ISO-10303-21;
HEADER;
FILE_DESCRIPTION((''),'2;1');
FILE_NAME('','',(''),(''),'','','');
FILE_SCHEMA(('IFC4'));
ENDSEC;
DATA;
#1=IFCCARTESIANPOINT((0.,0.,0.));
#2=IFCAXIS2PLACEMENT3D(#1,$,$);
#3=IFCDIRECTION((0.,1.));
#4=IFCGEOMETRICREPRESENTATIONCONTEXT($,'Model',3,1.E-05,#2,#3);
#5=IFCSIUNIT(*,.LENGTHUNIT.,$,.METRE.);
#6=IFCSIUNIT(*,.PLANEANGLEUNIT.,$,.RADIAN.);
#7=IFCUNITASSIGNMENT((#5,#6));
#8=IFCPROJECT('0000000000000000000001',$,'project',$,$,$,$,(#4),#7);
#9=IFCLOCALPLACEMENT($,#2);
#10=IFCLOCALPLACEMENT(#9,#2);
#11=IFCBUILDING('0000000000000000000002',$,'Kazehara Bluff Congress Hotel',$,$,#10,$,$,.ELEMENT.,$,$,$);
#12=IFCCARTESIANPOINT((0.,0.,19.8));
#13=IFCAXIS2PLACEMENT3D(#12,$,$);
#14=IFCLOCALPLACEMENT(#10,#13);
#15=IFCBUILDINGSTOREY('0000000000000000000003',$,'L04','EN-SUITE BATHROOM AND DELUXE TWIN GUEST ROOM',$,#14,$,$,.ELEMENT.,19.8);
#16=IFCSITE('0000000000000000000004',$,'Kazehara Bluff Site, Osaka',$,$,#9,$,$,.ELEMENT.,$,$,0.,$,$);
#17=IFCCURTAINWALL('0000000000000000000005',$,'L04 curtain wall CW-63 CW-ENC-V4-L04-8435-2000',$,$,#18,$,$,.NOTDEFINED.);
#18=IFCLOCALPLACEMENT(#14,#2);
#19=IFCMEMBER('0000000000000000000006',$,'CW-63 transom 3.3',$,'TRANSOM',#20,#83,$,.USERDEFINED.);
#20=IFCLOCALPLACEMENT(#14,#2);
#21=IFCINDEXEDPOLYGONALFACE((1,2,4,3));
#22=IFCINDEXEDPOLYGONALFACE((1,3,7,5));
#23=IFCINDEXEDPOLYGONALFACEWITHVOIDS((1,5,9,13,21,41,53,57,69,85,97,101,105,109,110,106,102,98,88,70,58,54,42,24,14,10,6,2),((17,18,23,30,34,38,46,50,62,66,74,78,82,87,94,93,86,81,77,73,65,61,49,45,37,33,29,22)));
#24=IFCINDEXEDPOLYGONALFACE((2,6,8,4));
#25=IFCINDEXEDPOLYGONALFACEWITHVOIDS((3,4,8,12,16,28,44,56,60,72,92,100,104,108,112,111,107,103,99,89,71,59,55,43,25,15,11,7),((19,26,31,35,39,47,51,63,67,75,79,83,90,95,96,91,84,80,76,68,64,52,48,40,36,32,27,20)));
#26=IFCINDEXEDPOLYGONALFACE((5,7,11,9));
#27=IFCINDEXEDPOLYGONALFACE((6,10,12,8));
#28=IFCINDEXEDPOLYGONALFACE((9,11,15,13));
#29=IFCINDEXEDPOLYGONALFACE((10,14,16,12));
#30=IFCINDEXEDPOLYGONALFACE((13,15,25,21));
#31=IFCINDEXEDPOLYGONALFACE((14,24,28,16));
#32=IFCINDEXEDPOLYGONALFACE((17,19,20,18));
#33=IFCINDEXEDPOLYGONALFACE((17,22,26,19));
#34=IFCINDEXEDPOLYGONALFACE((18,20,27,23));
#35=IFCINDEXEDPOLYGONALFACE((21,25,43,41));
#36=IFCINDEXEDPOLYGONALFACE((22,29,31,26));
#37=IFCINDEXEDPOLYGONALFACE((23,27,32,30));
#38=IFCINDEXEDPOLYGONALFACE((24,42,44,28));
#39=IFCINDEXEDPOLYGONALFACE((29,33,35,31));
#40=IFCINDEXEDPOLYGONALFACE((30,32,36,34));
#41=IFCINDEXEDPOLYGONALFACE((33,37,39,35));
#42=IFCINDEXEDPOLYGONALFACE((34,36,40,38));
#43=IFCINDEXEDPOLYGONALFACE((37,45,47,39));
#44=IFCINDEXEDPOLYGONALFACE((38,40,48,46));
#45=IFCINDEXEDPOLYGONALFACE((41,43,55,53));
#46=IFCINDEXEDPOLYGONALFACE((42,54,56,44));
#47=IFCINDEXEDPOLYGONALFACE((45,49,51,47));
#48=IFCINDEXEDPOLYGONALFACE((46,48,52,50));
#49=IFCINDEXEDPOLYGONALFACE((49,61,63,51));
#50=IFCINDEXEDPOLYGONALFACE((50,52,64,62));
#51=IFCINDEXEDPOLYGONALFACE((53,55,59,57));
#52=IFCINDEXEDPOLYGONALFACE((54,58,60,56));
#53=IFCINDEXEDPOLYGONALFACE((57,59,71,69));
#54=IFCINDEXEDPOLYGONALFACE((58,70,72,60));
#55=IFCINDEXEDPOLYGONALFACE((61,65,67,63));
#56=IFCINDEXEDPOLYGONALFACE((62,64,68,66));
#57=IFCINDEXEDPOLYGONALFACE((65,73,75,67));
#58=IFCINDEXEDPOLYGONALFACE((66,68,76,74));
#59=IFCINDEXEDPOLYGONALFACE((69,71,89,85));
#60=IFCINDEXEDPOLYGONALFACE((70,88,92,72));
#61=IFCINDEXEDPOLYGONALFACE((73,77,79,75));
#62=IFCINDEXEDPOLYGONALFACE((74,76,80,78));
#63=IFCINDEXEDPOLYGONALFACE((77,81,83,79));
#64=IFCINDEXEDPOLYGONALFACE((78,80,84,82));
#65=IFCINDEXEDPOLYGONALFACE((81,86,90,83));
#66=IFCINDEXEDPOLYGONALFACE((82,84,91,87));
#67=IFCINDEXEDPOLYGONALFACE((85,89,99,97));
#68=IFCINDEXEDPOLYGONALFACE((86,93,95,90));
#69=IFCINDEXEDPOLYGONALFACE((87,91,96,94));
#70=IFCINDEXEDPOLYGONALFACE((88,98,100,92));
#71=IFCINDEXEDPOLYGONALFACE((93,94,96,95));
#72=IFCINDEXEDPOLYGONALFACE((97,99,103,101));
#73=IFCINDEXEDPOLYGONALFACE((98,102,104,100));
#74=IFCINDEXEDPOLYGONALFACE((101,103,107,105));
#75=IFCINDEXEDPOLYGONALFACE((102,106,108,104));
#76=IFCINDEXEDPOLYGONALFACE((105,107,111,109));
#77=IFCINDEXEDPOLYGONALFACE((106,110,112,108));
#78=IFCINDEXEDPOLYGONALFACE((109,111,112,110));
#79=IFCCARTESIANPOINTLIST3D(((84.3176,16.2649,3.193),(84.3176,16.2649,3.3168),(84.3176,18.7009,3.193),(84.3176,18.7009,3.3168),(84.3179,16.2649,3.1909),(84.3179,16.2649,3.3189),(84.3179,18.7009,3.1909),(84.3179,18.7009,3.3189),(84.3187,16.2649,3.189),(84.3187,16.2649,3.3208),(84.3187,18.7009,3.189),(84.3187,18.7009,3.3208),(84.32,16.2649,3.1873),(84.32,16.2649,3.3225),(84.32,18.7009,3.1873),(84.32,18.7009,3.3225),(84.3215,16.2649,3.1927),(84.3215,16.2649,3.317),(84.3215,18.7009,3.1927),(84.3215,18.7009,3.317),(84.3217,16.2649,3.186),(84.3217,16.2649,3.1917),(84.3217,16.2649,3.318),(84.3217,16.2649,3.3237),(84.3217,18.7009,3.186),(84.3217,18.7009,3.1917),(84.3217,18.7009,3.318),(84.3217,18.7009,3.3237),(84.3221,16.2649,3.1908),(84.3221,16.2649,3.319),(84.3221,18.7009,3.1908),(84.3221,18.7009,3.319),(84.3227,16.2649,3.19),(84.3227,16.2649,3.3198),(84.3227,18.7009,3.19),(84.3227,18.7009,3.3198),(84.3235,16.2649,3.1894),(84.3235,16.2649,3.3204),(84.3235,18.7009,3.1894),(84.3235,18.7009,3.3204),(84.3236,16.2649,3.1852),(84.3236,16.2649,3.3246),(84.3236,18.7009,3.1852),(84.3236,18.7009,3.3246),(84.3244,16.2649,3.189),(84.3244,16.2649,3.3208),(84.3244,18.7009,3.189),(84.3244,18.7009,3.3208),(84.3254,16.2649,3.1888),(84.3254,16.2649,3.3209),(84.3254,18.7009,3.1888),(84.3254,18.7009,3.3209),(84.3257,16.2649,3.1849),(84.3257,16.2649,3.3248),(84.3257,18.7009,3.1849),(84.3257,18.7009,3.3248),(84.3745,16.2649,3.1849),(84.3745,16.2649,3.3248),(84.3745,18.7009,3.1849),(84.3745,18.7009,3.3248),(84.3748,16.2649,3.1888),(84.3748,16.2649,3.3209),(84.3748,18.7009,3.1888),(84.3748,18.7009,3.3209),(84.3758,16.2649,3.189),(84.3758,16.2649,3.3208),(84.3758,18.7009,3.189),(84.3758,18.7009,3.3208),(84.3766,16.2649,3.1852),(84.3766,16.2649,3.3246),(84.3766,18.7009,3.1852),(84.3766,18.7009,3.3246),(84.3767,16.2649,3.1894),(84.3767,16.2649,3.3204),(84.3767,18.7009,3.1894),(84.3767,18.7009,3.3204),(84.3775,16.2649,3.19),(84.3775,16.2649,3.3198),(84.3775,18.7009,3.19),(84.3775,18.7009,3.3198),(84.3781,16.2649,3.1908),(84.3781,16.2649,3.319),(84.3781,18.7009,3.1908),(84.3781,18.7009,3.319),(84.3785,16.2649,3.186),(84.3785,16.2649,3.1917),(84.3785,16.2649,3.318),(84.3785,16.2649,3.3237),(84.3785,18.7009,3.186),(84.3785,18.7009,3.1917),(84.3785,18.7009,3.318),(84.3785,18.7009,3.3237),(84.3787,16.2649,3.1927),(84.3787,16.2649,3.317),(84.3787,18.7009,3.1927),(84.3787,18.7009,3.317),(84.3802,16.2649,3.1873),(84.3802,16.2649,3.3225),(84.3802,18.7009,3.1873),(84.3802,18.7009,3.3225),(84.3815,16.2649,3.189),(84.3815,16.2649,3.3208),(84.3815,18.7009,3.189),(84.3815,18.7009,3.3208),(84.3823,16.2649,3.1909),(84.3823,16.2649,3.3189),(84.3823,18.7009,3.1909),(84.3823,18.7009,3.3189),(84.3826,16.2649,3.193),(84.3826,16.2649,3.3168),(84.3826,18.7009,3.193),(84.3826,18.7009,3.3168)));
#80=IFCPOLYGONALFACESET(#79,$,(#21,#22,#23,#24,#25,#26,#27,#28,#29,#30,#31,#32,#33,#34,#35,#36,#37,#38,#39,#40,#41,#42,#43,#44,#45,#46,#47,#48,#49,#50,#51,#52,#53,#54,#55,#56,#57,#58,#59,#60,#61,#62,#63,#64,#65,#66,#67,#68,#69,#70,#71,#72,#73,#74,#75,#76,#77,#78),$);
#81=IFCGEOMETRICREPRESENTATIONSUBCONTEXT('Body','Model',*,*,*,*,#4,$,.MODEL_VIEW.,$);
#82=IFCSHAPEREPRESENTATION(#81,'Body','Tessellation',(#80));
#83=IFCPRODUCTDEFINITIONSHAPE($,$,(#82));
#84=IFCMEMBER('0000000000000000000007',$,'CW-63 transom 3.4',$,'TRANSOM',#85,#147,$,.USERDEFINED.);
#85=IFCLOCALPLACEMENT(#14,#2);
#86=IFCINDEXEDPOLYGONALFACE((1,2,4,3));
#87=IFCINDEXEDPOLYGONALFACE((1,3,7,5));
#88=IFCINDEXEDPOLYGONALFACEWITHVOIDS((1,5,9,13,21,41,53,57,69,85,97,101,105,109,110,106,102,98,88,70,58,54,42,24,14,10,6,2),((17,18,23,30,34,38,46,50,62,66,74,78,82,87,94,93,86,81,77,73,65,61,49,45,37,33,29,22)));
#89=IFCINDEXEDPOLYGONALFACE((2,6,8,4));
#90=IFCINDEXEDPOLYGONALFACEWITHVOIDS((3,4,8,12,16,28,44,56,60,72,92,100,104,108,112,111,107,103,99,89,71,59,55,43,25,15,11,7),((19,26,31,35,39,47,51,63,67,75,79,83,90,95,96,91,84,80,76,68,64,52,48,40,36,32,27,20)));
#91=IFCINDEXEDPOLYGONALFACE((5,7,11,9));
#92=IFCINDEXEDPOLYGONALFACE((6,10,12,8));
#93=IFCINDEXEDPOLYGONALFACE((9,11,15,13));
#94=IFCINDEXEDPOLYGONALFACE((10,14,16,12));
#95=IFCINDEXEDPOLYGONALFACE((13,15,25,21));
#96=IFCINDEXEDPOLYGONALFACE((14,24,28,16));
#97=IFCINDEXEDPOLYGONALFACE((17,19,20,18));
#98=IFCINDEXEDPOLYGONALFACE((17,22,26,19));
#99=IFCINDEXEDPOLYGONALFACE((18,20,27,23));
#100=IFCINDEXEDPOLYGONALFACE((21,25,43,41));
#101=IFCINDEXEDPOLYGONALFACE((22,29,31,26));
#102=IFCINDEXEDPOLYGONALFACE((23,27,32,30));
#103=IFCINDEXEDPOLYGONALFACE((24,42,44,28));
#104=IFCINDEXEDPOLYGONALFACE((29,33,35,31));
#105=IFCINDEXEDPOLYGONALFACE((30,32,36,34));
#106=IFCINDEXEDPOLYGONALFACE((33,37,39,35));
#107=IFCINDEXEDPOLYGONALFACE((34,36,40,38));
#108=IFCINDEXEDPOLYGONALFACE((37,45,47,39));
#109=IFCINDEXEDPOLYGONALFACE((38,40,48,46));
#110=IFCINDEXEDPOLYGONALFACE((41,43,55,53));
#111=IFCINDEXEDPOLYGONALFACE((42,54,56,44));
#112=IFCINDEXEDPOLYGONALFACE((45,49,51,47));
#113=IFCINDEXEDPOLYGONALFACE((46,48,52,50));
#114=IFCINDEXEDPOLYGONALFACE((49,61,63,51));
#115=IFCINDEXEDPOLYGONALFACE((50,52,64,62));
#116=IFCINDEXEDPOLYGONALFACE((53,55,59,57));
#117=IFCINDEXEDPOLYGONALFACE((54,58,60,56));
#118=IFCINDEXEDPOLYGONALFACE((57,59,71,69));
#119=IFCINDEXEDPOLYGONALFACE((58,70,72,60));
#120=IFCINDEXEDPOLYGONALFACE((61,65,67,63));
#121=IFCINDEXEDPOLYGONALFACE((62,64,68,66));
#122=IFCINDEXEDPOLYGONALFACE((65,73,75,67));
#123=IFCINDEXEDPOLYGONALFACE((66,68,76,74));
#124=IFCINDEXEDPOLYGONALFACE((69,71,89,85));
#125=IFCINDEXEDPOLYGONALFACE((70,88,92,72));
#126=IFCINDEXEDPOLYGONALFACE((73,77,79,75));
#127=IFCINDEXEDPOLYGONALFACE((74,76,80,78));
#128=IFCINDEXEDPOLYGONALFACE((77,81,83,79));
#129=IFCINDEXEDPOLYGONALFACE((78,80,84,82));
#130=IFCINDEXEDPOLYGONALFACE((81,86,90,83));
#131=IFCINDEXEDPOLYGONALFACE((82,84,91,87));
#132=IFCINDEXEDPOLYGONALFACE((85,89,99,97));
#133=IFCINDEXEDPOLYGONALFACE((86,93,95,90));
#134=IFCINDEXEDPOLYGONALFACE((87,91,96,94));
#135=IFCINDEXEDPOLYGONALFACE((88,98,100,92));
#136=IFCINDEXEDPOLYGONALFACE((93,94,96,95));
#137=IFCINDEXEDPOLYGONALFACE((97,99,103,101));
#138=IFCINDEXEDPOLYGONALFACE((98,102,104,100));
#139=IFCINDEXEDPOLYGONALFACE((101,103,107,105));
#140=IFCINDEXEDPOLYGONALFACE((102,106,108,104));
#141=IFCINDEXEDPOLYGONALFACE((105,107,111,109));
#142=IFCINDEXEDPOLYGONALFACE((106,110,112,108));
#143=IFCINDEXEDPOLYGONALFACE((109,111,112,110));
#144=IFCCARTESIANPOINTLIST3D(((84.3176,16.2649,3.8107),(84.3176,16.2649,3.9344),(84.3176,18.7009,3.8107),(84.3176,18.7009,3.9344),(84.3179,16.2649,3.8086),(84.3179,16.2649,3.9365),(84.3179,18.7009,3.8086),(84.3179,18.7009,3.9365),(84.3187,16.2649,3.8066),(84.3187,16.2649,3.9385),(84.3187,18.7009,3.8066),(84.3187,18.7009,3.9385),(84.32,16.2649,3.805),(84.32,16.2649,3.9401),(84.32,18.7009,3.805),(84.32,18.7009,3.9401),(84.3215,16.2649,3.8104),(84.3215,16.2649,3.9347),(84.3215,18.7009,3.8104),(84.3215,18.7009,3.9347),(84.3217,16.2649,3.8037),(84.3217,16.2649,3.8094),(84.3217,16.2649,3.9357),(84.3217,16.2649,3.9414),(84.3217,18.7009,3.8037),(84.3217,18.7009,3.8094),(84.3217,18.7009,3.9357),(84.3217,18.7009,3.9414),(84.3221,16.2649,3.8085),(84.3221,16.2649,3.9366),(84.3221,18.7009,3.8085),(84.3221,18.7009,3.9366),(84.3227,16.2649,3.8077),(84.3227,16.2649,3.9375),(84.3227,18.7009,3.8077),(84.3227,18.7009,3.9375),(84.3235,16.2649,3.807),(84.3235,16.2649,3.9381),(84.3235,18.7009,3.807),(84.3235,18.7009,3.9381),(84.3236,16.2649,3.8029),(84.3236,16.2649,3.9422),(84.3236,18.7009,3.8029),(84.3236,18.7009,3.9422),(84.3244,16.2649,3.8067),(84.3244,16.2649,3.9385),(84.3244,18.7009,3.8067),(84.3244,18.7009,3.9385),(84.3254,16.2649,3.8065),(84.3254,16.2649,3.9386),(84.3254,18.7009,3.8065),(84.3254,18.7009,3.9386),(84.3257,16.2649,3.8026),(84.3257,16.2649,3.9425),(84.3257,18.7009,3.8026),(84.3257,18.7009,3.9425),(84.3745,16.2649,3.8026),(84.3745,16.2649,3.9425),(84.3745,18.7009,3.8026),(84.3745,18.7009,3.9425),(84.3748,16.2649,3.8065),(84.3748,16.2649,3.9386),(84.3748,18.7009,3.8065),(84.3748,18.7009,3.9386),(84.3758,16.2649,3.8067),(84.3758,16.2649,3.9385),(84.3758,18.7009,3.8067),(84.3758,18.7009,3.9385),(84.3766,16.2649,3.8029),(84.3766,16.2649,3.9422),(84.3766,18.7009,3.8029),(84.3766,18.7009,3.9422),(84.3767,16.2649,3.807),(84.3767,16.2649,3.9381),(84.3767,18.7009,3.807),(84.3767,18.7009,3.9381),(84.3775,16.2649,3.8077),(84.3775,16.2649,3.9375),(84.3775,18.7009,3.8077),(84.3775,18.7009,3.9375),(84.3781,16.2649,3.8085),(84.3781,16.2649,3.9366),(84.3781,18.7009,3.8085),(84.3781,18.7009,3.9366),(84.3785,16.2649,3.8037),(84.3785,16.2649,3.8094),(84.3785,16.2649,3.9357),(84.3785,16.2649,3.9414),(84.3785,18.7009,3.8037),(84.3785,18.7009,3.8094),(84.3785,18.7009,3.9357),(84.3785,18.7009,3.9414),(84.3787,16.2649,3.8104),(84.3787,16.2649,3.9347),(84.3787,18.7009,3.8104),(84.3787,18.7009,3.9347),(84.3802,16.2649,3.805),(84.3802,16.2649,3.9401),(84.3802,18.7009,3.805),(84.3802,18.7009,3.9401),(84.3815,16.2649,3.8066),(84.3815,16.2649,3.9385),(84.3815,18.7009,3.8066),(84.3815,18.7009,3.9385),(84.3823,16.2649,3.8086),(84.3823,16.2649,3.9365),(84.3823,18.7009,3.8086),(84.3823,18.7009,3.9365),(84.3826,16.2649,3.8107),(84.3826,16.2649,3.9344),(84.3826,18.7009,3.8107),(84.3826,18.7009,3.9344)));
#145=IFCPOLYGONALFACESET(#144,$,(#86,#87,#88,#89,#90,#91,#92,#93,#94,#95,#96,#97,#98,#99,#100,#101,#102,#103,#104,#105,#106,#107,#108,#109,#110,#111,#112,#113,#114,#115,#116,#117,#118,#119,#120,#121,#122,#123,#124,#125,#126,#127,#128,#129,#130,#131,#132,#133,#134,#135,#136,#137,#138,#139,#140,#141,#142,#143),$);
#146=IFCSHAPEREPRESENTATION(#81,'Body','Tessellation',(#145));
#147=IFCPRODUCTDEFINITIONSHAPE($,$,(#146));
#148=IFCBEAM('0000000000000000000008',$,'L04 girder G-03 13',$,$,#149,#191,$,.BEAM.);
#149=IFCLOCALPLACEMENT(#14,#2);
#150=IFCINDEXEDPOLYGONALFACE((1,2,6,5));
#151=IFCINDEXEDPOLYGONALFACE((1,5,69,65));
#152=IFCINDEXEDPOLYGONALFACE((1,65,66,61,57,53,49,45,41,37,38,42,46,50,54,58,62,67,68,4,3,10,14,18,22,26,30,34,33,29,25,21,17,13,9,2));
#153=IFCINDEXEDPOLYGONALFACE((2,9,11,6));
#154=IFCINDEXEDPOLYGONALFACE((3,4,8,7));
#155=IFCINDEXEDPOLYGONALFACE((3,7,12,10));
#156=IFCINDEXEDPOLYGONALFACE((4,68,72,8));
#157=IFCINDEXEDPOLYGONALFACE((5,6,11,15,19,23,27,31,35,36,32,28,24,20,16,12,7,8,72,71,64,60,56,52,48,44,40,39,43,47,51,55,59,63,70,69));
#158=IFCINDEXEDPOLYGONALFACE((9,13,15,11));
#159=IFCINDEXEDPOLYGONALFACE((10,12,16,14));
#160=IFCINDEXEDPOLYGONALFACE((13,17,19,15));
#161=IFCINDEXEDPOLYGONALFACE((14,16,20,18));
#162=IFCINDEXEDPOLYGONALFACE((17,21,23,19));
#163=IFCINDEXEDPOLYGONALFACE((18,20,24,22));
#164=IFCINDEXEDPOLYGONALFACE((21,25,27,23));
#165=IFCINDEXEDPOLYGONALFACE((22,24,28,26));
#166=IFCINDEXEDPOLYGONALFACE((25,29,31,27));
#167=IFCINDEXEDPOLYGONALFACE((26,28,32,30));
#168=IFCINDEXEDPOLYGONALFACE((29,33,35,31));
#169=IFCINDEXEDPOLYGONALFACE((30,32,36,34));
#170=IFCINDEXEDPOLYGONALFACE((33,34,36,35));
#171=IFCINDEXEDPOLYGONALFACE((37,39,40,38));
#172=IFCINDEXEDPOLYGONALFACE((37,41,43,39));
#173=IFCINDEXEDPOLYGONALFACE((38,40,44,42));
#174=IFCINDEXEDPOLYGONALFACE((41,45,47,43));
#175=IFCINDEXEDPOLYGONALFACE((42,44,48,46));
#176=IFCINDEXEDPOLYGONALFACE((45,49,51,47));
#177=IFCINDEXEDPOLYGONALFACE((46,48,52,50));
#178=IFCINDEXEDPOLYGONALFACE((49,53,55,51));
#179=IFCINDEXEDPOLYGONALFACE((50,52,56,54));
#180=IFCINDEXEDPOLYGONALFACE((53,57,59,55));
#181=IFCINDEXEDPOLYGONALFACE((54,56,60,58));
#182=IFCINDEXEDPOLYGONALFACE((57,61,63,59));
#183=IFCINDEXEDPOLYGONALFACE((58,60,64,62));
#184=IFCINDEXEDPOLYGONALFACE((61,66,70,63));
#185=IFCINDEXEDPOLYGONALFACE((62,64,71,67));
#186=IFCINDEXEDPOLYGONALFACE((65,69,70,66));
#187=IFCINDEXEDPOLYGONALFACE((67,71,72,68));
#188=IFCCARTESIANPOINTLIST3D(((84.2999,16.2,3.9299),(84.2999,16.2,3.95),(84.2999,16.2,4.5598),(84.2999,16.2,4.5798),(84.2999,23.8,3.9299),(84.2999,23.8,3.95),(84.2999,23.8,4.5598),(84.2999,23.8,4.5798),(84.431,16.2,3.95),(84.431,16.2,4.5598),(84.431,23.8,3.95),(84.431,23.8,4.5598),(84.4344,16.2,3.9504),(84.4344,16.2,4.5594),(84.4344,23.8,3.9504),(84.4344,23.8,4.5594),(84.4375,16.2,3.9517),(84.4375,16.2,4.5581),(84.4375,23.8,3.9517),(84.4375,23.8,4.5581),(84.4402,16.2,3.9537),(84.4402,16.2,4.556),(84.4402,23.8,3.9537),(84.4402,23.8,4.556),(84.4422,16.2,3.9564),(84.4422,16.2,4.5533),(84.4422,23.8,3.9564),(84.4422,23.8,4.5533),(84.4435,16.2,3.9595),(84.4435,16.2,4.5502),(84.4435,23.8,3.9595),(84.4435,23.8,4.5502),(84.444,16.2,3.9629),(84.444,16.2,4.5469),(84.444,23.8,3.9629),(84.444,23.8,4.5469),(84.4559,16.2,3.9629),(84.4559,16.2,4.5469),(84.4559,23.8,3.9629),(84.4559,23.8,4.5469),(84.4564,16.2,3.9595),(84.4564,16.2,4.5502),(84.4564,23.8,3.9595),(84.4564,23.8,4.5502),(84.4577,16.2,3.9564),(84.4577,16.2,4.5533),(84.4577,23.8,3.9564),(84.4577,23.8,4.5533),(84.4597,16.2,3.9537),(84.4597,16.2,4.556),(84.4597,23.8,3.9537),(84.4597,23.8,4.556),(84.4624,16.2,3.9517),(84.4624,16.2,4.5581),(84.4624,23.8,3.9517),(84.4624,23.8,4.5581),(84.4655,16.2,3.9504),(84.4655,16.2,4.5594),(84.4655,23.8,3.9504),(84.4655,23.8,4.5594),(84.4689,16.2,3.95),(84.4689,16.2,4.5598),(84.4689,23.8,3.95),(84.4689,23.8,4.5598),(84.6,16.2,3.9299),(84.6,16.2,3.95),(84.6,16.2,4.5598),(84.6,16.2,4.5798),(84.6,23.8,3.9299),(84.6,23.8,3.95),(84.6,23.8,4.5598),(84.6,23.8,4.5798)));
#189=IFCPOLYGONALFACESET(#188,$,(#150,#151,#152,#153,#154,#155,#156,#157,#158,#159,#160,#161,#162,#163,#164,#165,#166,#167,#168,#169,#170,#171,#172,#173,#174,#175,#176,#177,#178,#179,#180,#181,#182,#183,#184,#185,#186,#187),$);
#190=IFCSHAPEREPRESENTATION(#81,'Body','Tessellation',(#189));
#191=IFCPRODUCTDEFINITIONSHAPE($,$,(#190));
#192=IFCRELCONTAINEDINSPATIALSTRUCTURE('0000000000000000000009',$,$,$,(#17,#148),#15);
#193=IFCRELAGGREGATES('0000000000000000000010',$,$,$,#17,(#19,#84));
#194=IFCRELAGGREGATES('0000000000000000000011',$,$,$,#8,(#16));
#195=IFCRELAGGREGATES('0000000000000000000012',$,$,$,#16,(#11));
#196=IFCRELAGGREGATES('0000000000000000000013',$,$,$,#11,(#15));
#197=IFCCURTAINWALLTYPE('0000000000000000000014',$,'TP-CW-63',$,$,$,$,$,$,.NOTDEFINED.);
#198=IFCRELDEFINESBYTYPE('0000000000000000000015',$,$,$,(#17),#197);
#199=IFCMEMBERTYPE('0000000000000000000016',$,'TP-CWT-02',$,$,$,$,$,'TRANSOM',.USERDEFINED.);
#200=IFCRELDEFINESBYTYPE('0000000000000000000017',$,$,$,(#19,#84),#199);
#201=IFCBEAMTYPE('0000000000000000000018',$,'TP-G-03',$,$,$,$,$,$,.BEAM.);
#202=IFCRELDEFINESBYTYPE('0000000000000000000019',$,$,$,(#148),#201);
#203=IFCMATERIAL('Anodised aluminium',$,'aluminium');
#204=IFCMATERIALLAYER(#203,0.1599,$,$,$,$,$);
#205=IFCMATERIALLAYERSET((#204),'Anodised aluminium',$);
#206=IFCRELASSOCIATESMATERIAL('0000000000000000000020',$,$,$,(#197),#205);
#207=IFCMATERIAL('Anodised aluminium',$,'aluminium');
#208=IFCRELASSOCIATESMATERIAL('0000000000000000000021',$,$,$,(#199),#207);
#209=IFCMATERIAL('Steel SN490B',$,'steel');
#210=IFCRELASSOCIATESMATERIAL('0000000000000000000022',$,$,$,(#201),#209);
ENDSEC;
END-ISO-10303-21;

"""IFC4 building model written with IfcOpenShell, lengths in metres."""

from ifc_helpers import new_model, si_unit, direction, frame, origin, origin_2d, place, context, subcontext, project, spatial, hollow_rectangle, i_section, extrude, material, layer, layer_set, material_profile, profile_set, type_object, element, aggregate, save


model = new_model("IFC4")

# Units and contexts
model_context = context("Model", 3, precision=1e-05, world=origin(), true_north=direction((0.0, 1.0)))
body_context = subcontext(model_context, "Body", "Model", "MODEL_VIEW")
ifc_project = project(units=[si_unit("LENGTHUNIT", "METRE"), si_unit("PLANEANGLEUNIT", "RADIAN")], contexts=[model_context])

# Site, building, storey
site_placement = place(None, origin())
site = spatial("IfcSite", under=ifc_project, at=site_placement, Name="Kazehara Bluff Site, Osaka", CompositionType="ELEMENT", RefElevation=0.0)
building_placement = place(site_placement, origin())
building = spatial("IfcBuilding", under=site, at=building_placement, Name="Kazehara Bluff Congress Hotel", CompositionType="ELEMENT")
storey_placement = place(building_placement, frame((0.0, 0.0, 19.8)))
storey = spatial("IfcBuildingStorey", under=building, at=storey_placement, Name="L04", Description="EN-SUITE BATHROOM AND DELUXE TWIN GUEST ROOM", CompositionType="ELEMENT", Elevation=19.8)

# Curtain wall
ifc_material_1 = material(Name="Anodised aluminium", Category="aluminium")
ifc_layer_1 = layer(ifc_material_1, 0.1599)
ifc_layer_set_1 = layer_set([ifc_layer_1], Name="Anodised aluminium")
curtain_wall_type_1 = type_object("IfcCurtainWallType", Name="TP-CW-63", PredefinedType="NOTDEFINED", material=ifc_layer_set_1)
curtain_wall_1_placement = place(storey_placement, origin())
curtain_wall_1 = element("IfcCurtainWall", 1, at=curtain_wall_1_placement, inside=storey, type_object=curtain_wall_type_1, Name="L04 curtain wall CW-63 CW-ENC-V4-L04-8435-2000", PredefinedType="NOTDEFINED")

# Members
ifc_material_2 = material(Name="Anodised aluminium", Category="aluminium")
ifc_material_profile_1 = material_profile(ifc_material_2, hollow_rectangle(XDim=0.0649, YDim=0.1399, WallThickness=0.0039, InnerFilletRadius=0.0039, OuterFilletRadius=0.0081, at=origin_2d()))
ifc_profile_set_1 = profile_set([ifc_material_profile_1], Name="Anodised aluminium")
member_type_1 = type_object("IfcMemberType", Name="TP-CWT-02", ElementType="TRANSOM", PredefinedType="USERDEFINED", material=ifc_profile_set_1)
member_1_placement = place(storey_placement, frame((84.3501, 18.7009, 3.2549), z_axis=(0.0, -1.0, 0.0), x_axis=(1.0, 0.0, 0.0)))
member_1 = element("IfcMember", 2, at=member_1_placement, type_object=member_type_1, Name="CW-63 transom 3.3", ObjectType="TRANSOM", PredefinedType="USERDEFINED", context=body_context, shape_type="SweptSolid", body=[
    extrude(hollow_rectangle(XDim=0.0649, YDim=0.1399, WallThickness=0.0039, InnerFilletRadius=0.0039, OuterFilletRadius=0.0081, at=origin_2d()), origin(), (0.0, 0.0, 1.0), 2.436),
])
member_2_placement = place(storey_placement, frame((84.3501, 18.7009, 3.8726), z_axis=(0.0, -1.0, 0.0), x_axis=(1.0, 0.0, 0.0)))
member_2 = element("IfcMember", 3, at=member_2_placement, type_object=member_type_1, Name="CW-63 transom 3.4", ObjectType="TRANSOM", PredefinedType="USERDEFINED", context=body_context, shape_type="SweptSolid", body=[
    extrude(hollow_rectangle(XDim=0.0649, YDim=0.1399, WallThickness=0.0039, InnerFilletRadius=0.0039, OuterFilletRadius=0.0081, at=origin_2d()), origin(), (0.0, 0.0, 1.0), 2.436),
])

# Beam
ifc_material_3 = material(Name="Steel SN490B", Category="steel")
ifc_material_profile_2 = material_profile(ifc_material_3, i_section(OverallWidth=0.3, OverallDepth=0.6499, WebThickness=0.012, FlangeThickness=0.02, FilletRadius=0.0129, at=origin_2d()))
ifc_profile_set_2 = profile_set([ifc_material_profile_2], Name="Steel SN490B")
beam_type = type_object("IfcBeamType", Name="TP-G-03", PredefinedType="BEAM", material=ifc_profile_set_2)
beam_placement = place(storey_placement, frame((84.45, 16.2, 4.2549), z_axis=(0.0, 1.0, 0.0), x_axis=(-1.0, 0.0, 0.0)))
element("IfcBeam", 4, at=beam_placement, inside=storey, type_object=beam_type, Name="L04 girder G-03 13", PredefinedType="BEAM", context=body_context, shape_type="SweptSolid", body=[
    extrude(i_section(OverallWidth=0.3, OverallDepth=0.6499, WebThickness=0.012, FlangeThickness=0.02, FilletRadius=0.0129, at=origin_2d()), origin(), (0.0, 0.0, 1.0), 7.6001),
])

aggregate(curtain_wall_1, [member_1, member_2])

save(model, "model.ifc")
